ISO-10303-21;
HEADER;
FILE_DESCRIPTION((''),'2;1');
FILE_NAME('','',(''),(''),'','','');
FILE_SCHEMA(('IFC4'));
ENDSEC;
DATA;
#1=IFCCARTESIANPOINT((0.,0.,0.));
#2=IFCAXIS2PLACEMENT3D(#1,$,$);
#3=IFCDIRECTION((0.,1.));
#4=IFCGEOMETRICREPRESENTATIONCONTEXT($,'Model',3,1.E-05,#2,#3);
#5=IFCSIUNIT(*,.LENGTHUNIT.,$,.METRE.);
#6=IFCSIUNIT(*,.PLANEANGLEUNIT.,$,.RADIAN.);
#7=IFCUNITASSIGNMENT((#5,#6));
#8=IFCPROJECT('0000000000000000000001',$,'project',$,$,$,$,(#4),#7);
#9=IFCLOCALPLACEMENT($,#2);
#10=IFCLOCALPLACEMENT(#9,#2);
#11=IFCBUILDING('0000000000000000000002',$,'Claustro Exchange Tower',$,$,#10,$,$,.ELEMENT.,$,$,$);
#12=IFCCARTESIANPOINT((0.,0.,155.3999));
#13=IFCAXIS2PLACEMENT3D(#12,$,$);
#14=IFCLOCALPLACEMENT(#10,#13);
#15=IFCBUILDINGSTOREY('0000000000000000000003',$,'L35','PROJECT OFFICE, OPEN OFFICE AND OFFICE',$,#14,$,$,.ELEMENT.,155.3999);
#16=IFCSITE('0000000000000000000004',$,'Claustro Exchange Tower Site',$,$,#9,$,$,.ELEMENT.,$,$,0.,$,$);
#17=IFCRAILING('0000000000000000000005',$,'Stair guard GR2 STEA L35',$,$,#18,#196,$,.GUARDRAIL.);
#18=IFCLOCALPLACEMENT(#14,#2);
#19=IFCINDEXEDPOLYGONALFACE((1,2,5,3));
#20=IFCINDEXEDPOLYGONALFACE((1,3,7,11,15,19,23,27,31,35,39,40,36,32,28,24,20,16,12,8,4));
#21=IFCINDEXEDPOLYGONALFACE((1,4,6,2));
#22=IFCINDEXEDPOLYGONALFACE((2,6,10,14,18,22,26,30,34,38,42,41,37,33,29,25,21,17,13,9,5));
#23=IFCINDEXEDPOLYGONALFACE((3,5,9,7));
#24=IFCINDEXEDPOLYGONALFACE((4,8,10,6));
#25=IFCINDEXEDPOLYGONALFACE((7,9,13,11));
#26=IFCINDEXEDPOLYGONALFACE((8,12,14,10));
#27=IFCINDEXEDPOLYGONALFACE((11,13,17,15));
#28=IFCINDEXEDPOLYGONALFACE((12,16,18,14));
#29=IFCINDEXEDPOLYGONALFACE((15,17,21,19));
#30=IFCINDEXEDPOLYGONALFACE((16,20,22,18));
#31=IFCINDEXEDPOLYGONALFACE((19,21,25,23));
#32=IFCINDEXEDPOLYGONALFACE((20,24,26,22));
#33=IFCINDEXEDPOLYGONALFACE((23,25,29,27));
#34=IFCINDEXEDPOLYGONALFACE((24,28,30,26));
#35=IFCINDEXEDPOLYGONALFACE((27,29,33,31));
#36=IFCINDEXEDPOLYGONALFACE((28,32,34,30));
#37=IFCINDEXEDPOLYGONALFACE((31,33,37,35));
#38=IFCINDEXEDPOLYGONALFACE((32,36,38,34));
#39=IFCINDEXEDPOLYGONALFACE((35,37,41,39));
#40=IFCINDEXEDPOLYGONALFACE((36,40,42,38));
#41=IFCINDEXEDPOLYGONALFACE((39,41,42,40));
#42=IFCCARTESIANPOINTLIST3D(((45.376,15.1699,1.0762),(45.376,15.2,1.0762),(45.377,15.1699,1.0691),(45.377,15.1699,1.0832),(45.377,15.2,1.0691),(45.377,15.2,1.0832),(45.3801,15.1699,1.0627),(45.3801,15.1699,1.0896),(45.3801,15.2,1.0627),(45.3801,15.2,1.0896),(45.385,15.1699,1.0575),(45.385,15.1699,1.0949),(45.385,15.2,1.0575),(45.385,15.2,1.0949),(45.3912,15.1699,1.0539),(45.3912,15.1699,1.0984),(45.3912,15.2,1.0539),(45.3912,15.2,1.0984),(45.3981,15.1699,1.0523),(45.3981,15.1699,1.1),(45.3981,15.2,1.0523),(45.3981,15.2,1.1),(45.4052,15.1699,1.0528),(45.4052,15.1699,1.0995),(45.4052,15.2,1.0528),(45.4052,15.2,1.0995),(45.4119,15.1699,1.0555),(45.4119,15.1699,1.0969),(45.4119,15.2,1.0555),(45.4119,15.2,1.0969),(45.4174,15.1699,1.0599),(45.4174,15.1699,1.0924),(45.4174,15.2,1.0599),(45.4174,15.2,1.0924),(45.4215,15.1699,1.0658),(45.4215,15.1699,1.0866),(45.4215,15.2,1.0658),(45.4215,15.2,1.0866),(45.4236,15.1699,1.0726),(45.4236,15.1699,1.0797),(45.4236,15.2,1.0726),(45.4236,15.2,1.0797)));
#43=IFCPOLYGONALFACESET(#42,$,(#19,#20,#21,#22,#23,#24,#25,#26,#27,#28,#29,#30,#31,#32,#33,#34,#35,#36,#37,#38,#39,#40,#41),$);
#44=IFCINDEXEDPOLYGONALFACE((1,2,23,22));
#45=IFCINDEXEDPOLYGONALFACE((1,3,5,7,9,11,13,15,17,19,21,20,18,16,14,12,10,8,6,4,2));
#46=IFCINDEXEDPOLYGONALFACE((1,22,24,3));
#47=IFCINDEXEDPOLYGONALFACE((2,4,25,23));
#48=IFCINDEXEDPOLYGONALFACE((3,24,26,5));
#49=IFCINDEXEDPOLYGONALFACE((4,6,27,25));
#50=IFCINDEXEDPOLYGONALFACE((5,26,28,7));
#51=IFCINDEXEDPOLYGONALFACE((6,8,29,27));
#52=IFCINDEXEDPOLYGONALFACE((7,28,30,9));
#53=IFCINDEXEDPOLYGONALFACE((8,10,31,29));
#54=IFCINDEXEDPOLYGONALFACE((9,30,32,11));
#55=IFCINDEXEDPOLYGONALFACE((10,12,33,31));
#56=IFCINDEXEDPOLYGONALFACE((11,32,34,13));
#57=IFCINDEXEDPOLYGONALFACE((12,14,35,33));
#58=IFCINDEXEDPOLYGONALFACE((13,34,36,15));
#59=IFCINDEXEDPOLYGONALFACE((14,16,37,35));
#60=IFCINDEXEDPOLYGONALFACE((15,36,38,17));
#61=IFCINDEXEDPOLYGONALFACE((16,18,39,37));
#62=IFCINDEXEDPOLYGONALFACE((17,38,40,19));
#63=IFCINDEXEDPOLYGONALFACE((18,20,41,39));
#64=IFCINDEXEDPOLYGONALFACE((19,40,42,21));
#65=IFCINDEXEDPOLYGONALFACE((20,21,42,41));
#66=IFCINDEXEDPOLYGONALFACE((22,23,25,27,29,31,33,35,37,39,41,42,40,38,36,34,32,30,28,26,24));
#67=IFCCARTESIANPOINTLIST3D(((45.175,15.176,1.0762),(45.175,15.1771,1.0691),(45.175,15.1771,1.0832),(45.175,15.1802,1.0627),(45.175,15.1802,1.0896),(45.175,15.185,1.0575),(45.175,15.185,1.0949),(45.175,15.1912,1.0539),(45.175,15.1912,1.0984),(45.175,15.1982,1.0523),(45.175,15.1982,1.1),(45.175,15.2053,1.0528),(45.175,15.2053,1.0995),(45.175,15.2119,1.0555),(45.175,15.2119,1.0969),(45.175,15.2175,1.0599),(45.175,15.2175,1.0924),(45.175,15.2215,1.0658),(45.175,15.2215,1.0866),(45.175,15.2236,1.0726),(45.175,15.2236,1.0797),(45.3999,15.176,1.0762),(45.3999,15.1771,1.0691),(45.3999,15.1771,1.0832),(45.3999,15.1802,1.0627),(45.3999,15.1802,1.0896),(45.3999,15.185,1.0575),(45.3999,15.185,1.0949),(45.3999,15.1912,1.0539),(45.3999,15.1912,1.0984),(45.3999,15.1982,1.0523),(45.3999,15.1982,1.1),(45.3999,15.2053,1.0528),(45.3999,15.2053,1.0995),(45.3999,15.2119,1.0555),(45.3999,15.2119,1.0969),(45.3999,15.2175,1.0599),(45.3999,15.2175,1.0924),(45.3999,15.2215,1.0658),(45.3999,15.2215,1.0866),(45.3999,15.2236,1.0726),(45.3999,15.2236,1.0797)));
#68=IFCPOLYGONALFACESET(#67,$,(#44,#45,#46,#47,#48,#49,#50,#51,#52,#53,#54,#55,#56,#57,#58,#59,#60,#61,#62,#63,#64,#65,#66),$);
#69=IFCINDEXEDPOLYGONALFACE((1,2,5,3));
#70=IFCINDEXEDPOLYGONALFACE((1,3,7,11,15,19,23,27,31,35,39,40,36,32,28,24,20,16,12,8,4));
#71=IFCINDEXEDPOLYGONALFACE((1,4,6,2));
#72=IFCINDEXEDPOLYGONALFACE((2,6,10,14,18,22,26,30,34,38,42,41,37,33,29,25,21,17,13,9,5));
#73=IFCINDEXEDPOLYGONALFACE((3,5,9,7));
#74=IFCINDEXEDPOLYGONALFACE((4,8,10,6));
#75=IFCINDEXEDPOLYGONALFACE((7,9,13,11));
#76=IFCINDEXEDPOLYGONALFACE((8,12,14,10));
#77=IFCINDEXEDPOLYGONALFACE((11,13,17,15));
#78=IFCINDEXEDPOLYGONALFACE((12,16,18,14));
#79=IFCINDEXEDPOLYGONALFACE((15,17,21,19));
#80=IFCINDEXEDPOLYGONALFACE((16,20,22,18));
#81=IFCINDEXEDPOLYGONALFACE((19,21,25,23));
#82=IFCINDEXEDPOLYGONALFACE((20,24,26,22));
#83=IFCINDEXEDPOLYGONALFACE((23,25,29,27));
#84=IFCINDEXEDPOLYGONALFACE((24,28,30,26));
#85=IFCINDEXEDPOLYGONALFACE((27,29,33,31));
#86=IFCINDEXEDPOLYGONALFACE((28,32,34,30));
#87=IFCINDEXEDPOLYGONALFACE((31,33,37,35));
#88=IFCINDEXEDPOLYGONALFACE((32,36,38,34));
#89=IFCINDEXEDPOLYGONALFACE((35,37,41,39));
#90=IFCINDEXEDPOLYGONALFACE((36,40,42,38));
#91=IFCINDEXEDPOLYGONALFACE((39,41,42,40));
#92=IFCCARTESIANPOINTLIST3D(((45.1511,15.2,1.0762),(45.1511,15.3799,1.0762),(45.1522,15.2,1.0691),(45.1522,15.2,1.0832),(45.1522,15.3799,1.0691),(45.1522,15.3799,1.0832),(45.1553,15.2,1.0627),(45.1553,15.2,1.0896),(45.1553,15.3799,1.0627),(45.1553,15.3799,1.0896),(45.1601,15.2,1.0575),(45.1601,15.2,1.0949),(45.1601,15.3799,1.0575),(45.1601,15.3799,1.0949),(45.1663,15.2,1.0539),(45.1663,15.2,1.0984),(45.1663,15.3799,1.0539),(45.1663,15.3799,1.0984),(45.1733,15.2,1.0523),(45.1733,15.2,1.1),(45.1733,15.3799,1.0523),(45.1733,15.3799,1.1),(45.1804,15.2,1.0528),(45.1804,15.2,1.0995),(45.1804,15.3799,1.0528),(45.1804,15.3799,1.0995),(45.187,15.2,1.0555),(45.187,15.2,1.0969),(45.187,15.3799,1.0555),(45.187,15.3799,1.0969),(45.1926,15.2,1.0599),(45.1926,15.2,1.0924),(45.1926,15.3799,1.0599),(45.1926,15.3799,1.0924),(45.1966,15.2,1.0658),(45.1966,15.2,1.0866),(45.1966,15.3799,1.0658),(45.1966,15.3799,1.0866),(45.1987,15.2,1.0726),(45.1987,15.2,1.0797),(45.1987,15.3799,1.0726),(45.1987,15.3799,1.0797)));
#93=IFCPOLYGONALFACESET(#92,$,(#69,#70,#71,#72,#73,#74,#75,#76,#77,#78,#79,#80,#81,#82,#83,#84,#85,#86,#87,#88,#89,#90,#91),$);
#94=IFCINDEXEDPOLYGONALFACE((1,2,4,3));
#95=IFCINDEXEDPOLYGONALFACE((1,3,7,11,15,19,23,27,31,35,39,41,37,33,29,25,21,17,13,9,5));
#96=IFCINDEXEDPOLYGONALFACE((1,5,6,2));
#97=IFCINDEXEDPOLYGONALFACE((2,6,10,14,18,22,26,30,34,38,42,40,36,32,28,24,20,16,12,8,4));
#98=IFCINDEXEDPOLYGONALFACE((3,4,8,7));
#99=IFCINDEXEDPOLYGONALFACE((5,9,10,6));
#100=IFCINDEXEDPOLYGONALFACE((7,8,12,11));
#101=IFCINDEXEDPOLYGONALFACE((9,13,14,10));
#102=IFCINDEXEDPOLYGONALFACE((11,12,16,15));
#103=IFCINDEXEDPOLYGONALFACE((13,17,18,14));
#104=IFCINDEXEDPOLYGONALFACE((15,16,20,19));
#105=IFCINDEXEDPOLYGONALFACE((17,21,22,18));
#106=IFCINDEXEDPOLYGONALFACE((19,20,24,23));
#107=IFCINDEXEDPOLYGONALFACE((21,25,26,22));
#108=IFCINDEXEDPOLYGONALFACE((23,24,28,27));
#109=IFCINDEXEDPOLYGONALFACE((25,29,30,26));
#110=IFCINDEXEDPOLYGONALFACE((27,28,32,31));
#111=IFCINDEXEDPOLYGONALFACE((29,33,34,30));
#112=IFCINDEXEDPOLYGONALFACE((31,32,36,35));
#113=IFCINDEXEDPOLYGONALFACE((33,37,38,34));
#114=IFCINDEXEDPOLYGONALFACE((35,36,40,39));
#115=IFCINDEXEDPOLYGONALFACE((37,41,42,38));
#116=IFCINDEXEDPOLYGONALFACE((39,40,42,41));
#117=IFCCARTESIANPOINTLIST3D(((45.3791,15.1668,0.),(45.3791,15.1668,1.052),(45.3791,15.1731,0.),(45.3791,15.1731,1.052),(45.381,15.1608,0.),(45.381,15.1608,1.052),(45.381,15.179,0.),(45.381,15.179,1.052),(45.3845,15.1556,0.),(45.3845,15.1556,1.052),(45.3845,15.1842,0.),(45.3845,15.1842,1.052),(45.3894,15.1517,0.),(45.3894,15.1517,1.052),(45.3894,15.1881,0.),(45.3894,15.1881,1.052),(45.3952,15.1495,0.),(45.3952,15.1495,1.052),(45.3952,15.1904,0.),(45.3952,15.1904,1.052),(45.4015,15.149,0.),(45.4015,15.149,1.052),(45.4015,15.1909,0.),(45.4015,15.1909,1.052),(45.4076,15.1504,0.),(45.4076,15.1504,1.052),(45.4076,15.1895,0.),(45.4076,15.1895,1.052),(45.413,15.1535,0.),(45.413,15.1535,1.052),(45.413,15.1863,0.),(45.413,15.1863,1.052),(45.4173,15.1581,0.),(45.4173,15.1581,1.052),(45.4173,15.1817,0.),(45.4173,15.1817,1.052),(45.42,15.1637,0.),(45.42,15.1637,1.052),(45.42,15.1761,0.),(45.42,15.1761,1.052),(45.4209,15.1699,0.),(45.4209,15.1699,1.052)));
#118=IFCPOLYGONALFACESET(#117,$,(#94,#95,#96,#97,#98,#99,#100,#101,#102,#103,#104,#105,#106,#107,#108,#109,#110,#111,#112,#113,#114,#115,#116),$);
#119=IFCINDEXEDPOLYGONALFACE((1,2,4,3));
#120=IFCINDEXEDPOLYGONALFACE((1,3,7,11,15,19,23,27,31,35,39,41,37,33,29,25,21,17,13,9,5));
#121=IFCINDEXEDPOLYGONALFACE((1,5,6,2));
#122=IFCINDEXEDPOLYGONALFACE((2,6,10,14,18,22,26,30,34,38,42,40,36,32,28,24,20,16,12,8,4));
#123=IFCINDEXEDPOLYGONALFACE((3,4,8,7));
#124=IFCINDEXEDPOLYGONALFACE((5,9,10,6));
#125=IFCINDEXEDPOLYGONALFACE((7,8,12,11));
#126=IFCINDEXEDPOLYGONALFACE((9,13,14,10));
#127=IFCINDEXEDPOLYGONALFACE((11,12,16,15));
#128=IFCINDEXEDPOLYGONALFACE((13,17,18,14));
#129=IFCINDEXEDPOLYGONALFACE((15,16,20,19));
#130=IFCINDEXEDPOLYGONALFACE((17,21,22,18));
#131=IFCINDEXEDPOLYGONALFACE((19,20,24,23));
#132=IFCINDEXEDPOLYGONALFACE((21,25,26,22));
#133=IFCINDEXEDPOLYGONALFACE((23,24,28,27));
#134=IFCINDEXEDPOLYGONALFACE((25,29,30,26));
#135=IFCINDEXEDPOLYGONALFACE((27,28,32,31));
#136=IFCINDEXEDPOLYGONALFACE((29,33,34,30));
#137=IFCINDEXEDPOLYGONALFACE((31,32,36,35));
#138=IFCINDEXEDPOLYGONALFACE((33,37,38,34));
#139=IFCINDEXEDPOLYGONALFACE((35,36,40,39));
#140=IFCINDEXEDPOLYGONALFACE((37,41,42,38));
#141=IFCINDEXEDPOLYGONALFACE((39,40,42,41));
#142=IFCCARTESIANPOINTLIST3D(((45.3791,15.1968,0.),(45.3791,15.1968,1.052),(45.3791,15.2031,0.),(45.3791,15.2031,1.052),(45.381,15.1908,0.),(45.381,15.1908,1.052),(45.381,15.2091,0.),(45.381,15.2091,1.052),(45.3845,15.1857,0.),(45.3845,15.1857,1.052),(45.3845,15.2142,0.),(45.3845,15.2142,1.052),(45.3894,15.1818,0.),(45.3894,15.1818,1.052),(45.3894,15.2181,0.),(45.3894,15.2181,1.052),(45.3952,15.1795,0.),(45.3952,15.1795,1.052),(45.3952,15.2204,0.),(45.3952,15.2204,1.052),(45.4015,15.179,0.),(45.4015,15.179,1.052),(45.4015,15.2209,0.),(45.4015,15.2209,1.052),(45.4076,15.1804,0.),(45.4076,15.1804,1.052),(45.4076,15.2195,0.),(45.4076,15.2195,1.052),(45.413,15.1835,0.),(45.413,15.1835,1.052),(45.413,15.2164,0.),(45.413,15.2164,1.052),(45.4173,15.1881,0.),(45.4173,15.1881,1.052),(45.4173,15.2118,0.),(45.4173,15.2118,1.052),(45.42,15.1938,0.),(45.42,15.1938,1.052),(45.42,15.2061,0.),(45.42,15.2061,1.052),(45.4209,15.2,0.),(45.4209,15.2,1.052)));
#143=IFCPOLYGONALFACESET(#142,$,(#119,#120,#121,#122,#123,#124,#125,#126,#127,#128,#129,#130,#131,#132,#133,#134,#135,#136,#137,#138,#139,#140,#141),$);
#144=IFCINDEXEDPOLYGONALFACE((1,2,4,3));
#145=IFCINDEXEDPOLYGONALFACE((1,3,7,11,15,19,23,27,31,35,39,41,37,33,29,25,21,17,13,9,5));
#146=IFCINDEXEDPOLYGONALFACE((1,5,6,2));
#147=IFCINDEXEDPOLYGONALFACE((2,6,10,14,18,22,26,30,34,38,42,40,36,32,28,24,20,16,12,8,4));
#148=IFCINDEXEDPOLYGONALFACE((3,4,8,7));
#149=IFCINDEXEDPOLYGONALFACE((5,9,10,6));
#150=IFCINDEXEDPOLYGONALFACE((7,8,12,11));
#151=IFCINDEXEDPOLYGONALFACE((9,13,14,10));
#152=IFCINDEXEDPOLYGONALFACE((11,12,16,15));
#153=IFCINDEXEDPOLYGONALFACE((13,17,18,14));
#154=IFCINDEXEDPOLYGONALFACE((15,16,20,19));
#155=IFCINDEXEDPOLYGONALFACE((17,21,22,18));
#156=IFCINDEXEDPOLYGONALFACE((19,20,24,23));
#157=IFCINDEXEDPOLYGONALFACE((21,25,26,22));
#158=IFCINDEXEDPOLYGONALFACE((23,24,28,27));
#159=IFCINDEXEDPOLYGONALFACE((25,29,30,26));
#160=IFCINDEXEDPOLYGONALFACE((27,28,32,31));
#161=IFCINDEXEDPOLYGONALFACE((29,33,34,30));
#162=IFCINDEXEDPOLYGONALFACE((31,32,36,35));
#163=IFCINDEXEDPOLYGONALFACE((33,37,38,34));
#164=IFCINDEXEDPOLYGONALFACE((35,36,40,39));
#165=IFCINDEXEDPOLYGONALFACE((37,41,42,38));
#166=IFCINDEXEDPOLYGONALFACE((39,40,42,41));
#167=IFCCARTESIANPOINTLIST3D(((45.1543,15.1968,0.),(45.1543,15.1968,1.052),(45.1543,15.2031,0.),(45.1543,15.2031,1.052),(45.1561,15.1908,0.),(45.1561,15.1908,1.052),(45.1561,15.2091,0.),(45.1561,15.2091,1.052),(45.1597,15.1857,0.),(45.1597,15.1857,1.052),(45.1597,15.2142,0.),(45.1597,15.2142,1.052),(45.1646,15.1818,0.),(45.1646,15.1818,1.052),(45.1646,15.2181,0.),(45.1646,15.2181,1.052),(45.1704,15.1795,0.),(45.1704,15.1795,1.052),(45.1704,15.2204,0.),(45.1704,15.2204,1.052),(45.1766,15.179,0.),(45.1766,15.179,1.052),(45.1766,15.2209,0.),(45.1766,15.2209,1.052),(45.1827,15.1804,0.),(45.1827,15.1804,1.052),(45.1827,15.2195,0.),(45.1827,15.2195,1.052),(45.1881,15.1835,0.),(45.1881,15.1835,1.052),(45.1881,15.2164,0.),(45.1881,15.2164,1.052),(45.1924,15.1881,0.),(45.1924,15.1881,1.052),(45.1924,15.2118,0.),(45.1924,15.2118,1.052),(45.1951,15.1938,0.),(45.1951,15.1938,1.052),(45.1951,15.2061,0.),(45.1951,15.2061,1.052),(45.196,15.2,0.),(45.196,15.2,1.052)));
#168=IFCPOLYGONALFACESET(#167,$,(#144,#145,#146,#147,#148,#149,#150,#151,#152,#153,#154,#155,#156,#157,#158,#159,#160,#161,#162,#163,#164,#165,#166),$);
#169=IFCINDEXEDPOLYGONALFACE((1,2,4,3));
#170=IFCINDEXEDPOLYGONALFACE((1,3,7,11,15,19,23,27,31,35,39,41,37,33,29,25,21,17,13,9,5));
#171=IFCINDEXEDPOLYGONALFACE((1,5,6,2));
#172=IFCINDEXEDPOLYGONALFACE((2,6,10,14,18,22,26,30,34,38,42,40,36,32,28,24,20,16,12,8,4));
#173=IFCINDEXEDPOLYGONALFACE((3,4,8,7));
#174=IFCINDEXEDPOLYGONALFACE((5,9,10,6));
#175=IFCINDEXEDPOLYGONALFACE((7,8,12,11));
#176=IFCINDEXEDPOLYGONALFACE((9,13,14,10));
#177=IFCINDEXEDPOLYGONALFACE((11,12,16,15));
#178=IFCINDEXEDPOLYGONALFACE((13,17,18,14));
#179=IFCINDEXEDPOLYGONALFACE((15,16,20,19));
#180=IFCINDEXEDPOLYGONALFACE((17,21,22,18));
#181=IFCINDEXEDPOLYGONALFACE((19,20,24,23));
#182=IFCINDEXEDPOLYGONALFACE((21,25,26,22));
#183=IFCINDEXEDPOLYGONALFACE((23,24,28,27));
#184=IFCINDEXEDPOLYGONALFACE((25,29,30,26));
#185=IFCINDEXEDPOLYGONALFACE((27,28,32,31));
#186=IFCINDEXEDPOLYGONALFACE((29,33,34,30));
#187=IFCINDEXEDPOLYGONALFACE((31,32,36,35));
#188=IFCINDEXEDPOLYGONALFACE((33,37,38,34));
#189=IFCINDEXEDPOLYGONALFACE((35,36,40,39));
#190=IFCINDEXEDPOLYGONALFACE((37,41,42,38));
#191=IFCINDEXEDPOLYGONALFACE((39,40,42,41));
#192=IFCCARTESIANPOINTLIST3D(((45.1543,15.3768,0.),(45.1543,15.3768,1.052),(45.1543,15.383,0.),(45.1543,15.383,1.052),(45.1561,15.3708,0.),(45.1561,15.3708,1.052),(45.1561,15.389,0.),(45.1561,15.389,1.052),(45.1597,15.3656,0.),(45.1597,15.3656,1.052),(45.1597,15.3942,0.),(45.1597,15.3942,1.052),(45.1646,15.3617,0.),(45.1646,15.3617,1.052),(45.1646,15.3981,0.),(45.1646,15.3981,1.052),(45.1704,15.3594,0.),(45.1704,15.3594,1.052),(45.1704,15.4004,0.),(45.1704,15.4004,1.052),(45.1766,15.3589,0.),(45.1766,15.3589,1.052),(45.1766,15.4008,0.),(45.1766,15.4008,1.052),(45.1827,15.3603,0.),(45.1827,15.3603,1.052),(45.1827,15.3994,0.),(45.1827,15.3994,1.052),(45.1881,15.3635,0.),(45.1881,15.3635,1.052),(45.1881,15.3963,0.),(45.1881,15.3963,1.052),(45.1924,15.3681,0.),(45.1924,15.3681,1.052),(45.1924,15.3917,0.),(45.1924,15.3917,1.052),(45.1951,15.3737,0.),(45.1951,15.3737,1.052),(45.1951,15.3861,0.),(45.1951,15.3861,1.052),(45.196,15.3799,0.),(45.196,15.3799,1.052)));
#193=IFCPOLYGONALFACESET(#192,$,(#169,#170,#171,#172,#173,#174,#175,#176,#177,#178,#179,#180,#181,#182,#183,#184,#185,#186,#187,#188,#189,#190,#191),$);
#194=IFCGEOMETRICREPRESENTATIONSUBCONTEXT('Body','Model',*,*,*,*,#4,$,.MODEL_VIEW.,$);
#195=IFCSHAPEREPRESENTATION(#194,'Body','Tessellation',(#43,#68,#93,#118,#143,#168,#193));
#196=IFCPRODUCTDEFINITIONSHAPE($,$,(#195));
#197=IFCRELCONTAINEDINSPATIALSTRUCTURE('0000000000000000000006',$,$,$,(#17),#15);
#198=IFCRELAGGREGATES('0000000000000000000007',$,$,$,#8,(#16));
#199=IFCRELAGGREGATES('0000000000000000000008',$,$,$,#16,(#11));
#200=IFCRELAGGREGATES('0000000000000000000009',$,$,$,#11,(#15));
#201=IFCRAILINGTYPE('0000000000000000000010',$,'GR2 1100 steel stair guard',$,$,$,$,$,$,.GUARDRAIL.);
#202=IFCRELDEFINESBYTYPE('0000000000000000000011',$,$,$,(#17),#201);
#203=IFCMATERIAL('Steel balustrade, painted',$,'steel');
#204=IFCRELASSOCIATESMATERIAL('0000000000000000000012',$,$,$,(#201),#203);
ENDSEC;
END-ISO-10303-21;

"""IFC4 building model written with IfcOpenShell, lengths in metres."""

from ifc_helpers import new_model, si_unit, direction, frame, origin, origin_2d, place, context, subcontext, project, spatial, circle, extrude, material, type_object, element, save


model = new_model("IFC4")

# Units and contexts
model_context = context("Model", 3, precision=1e-05, world=origin(), true_north=direction((0.0, 1.0)))
body_context = subcontext(model_context, "Body", "Model", "MODEL_VIEW")
ifc_project = project(units=[si_unit("LENGTHUNIT", "METRE"), si_unit("PLANEANGLEUNIT", "RADIAN")], contexts=[model_context])

# Site, building, storey
site_placement = place(None, origin())
site = spatial("IfcSite", under=ifc_project, at=site_placement, Name="Claustro Exchange Tower Site", CompositionType="ELEMENT", RefElevation=0.0)
building_placement = place(site_placement, origin())
building = spatial("IfcBuilding", under=site, at=building_placement, Name="Claustro Exchange Tower", CompositionType="ELEMENT")
storey_placement = place(building_placement, frame((0.0, 0.0, 155.3999)))
storey = spatial("IfcBuildingStorey", under=building, at=storey_placement, Name="L35", Description="PROJECT OFFICE, OPEN OFFICE AND OFFICE", CompositionType="ELEMENT", Elevation=155.3999)

# Railing
ifc_material_1 = material(Name="Steel balustrade, painted", Category="steel")
railing_type_1 = type_object("IfcRailingType", Name="GR2 1100 steel stair guard", PredefinedType="GUARDRAIL", material=ifc_material_1)
railing_1_placement = place(storey_placement, frame((45.3999, 15.1699, 0.0)))
element("IfcRailing", 1, at=railing_1_placement, inside=storey, type_object=railing_type_1, Name="Stair guard GR2 STEA L35", PredefinedType="GUARDRAIL", context=body_context, shape_type="SweptSolid", body=[
    extrude(circle(Radius=0.0239, at=origin_2d()), frame((0.0, 0.0, 1.0762), z_axis=(0.0, 1.0, 0.0), x_axis=(-1.0, 0.0, 0.0)), (0.0, 0.0, 1.0), 0.03),
    extrude(circle(Radius=0.0239, at=origin_2d()), frame((0.0, 0.03, 1.0762), z_axis=(-1.0, 0.0, 0.0), x_axis=(0.0, -1.0, 0.0)), (0.0, 0.0, 1.0), 0.2249),
    extrude(circle(Radius=0.0239, at=origin_2d()), frame((-0.2249, 0.03, 1.0762), z_axis=(0.0, 1.0, 0.0), x_axis=(-1.0, 0.0, 0.0)), (0.0, 0.0, 1.0), 0.1799),
    extrude(circle(Radius=0.021, at=origin_2d()), origin(), (0.0, 0.0, 1.0), 1.052),
    extrude(circle(Radius=0.021, at=origin_2d()), frame((0.0, 0.03, 0.0)), (0.0, 0.0, 1.0), 1.052),
    extrude(circle(Radius=0.021, at=origin_2d()), frame((-0.2249, 0.03, 0.0)), (0.0, 0.0, 1.0), 1.052),
    extrude(circle(Radius=0.021, at=origin_2d()), frame((-0.2249, 0.21, 0.0)), (0.0, 0.0, 1.0), 1.052),
])

save(model, "model.ifc")
